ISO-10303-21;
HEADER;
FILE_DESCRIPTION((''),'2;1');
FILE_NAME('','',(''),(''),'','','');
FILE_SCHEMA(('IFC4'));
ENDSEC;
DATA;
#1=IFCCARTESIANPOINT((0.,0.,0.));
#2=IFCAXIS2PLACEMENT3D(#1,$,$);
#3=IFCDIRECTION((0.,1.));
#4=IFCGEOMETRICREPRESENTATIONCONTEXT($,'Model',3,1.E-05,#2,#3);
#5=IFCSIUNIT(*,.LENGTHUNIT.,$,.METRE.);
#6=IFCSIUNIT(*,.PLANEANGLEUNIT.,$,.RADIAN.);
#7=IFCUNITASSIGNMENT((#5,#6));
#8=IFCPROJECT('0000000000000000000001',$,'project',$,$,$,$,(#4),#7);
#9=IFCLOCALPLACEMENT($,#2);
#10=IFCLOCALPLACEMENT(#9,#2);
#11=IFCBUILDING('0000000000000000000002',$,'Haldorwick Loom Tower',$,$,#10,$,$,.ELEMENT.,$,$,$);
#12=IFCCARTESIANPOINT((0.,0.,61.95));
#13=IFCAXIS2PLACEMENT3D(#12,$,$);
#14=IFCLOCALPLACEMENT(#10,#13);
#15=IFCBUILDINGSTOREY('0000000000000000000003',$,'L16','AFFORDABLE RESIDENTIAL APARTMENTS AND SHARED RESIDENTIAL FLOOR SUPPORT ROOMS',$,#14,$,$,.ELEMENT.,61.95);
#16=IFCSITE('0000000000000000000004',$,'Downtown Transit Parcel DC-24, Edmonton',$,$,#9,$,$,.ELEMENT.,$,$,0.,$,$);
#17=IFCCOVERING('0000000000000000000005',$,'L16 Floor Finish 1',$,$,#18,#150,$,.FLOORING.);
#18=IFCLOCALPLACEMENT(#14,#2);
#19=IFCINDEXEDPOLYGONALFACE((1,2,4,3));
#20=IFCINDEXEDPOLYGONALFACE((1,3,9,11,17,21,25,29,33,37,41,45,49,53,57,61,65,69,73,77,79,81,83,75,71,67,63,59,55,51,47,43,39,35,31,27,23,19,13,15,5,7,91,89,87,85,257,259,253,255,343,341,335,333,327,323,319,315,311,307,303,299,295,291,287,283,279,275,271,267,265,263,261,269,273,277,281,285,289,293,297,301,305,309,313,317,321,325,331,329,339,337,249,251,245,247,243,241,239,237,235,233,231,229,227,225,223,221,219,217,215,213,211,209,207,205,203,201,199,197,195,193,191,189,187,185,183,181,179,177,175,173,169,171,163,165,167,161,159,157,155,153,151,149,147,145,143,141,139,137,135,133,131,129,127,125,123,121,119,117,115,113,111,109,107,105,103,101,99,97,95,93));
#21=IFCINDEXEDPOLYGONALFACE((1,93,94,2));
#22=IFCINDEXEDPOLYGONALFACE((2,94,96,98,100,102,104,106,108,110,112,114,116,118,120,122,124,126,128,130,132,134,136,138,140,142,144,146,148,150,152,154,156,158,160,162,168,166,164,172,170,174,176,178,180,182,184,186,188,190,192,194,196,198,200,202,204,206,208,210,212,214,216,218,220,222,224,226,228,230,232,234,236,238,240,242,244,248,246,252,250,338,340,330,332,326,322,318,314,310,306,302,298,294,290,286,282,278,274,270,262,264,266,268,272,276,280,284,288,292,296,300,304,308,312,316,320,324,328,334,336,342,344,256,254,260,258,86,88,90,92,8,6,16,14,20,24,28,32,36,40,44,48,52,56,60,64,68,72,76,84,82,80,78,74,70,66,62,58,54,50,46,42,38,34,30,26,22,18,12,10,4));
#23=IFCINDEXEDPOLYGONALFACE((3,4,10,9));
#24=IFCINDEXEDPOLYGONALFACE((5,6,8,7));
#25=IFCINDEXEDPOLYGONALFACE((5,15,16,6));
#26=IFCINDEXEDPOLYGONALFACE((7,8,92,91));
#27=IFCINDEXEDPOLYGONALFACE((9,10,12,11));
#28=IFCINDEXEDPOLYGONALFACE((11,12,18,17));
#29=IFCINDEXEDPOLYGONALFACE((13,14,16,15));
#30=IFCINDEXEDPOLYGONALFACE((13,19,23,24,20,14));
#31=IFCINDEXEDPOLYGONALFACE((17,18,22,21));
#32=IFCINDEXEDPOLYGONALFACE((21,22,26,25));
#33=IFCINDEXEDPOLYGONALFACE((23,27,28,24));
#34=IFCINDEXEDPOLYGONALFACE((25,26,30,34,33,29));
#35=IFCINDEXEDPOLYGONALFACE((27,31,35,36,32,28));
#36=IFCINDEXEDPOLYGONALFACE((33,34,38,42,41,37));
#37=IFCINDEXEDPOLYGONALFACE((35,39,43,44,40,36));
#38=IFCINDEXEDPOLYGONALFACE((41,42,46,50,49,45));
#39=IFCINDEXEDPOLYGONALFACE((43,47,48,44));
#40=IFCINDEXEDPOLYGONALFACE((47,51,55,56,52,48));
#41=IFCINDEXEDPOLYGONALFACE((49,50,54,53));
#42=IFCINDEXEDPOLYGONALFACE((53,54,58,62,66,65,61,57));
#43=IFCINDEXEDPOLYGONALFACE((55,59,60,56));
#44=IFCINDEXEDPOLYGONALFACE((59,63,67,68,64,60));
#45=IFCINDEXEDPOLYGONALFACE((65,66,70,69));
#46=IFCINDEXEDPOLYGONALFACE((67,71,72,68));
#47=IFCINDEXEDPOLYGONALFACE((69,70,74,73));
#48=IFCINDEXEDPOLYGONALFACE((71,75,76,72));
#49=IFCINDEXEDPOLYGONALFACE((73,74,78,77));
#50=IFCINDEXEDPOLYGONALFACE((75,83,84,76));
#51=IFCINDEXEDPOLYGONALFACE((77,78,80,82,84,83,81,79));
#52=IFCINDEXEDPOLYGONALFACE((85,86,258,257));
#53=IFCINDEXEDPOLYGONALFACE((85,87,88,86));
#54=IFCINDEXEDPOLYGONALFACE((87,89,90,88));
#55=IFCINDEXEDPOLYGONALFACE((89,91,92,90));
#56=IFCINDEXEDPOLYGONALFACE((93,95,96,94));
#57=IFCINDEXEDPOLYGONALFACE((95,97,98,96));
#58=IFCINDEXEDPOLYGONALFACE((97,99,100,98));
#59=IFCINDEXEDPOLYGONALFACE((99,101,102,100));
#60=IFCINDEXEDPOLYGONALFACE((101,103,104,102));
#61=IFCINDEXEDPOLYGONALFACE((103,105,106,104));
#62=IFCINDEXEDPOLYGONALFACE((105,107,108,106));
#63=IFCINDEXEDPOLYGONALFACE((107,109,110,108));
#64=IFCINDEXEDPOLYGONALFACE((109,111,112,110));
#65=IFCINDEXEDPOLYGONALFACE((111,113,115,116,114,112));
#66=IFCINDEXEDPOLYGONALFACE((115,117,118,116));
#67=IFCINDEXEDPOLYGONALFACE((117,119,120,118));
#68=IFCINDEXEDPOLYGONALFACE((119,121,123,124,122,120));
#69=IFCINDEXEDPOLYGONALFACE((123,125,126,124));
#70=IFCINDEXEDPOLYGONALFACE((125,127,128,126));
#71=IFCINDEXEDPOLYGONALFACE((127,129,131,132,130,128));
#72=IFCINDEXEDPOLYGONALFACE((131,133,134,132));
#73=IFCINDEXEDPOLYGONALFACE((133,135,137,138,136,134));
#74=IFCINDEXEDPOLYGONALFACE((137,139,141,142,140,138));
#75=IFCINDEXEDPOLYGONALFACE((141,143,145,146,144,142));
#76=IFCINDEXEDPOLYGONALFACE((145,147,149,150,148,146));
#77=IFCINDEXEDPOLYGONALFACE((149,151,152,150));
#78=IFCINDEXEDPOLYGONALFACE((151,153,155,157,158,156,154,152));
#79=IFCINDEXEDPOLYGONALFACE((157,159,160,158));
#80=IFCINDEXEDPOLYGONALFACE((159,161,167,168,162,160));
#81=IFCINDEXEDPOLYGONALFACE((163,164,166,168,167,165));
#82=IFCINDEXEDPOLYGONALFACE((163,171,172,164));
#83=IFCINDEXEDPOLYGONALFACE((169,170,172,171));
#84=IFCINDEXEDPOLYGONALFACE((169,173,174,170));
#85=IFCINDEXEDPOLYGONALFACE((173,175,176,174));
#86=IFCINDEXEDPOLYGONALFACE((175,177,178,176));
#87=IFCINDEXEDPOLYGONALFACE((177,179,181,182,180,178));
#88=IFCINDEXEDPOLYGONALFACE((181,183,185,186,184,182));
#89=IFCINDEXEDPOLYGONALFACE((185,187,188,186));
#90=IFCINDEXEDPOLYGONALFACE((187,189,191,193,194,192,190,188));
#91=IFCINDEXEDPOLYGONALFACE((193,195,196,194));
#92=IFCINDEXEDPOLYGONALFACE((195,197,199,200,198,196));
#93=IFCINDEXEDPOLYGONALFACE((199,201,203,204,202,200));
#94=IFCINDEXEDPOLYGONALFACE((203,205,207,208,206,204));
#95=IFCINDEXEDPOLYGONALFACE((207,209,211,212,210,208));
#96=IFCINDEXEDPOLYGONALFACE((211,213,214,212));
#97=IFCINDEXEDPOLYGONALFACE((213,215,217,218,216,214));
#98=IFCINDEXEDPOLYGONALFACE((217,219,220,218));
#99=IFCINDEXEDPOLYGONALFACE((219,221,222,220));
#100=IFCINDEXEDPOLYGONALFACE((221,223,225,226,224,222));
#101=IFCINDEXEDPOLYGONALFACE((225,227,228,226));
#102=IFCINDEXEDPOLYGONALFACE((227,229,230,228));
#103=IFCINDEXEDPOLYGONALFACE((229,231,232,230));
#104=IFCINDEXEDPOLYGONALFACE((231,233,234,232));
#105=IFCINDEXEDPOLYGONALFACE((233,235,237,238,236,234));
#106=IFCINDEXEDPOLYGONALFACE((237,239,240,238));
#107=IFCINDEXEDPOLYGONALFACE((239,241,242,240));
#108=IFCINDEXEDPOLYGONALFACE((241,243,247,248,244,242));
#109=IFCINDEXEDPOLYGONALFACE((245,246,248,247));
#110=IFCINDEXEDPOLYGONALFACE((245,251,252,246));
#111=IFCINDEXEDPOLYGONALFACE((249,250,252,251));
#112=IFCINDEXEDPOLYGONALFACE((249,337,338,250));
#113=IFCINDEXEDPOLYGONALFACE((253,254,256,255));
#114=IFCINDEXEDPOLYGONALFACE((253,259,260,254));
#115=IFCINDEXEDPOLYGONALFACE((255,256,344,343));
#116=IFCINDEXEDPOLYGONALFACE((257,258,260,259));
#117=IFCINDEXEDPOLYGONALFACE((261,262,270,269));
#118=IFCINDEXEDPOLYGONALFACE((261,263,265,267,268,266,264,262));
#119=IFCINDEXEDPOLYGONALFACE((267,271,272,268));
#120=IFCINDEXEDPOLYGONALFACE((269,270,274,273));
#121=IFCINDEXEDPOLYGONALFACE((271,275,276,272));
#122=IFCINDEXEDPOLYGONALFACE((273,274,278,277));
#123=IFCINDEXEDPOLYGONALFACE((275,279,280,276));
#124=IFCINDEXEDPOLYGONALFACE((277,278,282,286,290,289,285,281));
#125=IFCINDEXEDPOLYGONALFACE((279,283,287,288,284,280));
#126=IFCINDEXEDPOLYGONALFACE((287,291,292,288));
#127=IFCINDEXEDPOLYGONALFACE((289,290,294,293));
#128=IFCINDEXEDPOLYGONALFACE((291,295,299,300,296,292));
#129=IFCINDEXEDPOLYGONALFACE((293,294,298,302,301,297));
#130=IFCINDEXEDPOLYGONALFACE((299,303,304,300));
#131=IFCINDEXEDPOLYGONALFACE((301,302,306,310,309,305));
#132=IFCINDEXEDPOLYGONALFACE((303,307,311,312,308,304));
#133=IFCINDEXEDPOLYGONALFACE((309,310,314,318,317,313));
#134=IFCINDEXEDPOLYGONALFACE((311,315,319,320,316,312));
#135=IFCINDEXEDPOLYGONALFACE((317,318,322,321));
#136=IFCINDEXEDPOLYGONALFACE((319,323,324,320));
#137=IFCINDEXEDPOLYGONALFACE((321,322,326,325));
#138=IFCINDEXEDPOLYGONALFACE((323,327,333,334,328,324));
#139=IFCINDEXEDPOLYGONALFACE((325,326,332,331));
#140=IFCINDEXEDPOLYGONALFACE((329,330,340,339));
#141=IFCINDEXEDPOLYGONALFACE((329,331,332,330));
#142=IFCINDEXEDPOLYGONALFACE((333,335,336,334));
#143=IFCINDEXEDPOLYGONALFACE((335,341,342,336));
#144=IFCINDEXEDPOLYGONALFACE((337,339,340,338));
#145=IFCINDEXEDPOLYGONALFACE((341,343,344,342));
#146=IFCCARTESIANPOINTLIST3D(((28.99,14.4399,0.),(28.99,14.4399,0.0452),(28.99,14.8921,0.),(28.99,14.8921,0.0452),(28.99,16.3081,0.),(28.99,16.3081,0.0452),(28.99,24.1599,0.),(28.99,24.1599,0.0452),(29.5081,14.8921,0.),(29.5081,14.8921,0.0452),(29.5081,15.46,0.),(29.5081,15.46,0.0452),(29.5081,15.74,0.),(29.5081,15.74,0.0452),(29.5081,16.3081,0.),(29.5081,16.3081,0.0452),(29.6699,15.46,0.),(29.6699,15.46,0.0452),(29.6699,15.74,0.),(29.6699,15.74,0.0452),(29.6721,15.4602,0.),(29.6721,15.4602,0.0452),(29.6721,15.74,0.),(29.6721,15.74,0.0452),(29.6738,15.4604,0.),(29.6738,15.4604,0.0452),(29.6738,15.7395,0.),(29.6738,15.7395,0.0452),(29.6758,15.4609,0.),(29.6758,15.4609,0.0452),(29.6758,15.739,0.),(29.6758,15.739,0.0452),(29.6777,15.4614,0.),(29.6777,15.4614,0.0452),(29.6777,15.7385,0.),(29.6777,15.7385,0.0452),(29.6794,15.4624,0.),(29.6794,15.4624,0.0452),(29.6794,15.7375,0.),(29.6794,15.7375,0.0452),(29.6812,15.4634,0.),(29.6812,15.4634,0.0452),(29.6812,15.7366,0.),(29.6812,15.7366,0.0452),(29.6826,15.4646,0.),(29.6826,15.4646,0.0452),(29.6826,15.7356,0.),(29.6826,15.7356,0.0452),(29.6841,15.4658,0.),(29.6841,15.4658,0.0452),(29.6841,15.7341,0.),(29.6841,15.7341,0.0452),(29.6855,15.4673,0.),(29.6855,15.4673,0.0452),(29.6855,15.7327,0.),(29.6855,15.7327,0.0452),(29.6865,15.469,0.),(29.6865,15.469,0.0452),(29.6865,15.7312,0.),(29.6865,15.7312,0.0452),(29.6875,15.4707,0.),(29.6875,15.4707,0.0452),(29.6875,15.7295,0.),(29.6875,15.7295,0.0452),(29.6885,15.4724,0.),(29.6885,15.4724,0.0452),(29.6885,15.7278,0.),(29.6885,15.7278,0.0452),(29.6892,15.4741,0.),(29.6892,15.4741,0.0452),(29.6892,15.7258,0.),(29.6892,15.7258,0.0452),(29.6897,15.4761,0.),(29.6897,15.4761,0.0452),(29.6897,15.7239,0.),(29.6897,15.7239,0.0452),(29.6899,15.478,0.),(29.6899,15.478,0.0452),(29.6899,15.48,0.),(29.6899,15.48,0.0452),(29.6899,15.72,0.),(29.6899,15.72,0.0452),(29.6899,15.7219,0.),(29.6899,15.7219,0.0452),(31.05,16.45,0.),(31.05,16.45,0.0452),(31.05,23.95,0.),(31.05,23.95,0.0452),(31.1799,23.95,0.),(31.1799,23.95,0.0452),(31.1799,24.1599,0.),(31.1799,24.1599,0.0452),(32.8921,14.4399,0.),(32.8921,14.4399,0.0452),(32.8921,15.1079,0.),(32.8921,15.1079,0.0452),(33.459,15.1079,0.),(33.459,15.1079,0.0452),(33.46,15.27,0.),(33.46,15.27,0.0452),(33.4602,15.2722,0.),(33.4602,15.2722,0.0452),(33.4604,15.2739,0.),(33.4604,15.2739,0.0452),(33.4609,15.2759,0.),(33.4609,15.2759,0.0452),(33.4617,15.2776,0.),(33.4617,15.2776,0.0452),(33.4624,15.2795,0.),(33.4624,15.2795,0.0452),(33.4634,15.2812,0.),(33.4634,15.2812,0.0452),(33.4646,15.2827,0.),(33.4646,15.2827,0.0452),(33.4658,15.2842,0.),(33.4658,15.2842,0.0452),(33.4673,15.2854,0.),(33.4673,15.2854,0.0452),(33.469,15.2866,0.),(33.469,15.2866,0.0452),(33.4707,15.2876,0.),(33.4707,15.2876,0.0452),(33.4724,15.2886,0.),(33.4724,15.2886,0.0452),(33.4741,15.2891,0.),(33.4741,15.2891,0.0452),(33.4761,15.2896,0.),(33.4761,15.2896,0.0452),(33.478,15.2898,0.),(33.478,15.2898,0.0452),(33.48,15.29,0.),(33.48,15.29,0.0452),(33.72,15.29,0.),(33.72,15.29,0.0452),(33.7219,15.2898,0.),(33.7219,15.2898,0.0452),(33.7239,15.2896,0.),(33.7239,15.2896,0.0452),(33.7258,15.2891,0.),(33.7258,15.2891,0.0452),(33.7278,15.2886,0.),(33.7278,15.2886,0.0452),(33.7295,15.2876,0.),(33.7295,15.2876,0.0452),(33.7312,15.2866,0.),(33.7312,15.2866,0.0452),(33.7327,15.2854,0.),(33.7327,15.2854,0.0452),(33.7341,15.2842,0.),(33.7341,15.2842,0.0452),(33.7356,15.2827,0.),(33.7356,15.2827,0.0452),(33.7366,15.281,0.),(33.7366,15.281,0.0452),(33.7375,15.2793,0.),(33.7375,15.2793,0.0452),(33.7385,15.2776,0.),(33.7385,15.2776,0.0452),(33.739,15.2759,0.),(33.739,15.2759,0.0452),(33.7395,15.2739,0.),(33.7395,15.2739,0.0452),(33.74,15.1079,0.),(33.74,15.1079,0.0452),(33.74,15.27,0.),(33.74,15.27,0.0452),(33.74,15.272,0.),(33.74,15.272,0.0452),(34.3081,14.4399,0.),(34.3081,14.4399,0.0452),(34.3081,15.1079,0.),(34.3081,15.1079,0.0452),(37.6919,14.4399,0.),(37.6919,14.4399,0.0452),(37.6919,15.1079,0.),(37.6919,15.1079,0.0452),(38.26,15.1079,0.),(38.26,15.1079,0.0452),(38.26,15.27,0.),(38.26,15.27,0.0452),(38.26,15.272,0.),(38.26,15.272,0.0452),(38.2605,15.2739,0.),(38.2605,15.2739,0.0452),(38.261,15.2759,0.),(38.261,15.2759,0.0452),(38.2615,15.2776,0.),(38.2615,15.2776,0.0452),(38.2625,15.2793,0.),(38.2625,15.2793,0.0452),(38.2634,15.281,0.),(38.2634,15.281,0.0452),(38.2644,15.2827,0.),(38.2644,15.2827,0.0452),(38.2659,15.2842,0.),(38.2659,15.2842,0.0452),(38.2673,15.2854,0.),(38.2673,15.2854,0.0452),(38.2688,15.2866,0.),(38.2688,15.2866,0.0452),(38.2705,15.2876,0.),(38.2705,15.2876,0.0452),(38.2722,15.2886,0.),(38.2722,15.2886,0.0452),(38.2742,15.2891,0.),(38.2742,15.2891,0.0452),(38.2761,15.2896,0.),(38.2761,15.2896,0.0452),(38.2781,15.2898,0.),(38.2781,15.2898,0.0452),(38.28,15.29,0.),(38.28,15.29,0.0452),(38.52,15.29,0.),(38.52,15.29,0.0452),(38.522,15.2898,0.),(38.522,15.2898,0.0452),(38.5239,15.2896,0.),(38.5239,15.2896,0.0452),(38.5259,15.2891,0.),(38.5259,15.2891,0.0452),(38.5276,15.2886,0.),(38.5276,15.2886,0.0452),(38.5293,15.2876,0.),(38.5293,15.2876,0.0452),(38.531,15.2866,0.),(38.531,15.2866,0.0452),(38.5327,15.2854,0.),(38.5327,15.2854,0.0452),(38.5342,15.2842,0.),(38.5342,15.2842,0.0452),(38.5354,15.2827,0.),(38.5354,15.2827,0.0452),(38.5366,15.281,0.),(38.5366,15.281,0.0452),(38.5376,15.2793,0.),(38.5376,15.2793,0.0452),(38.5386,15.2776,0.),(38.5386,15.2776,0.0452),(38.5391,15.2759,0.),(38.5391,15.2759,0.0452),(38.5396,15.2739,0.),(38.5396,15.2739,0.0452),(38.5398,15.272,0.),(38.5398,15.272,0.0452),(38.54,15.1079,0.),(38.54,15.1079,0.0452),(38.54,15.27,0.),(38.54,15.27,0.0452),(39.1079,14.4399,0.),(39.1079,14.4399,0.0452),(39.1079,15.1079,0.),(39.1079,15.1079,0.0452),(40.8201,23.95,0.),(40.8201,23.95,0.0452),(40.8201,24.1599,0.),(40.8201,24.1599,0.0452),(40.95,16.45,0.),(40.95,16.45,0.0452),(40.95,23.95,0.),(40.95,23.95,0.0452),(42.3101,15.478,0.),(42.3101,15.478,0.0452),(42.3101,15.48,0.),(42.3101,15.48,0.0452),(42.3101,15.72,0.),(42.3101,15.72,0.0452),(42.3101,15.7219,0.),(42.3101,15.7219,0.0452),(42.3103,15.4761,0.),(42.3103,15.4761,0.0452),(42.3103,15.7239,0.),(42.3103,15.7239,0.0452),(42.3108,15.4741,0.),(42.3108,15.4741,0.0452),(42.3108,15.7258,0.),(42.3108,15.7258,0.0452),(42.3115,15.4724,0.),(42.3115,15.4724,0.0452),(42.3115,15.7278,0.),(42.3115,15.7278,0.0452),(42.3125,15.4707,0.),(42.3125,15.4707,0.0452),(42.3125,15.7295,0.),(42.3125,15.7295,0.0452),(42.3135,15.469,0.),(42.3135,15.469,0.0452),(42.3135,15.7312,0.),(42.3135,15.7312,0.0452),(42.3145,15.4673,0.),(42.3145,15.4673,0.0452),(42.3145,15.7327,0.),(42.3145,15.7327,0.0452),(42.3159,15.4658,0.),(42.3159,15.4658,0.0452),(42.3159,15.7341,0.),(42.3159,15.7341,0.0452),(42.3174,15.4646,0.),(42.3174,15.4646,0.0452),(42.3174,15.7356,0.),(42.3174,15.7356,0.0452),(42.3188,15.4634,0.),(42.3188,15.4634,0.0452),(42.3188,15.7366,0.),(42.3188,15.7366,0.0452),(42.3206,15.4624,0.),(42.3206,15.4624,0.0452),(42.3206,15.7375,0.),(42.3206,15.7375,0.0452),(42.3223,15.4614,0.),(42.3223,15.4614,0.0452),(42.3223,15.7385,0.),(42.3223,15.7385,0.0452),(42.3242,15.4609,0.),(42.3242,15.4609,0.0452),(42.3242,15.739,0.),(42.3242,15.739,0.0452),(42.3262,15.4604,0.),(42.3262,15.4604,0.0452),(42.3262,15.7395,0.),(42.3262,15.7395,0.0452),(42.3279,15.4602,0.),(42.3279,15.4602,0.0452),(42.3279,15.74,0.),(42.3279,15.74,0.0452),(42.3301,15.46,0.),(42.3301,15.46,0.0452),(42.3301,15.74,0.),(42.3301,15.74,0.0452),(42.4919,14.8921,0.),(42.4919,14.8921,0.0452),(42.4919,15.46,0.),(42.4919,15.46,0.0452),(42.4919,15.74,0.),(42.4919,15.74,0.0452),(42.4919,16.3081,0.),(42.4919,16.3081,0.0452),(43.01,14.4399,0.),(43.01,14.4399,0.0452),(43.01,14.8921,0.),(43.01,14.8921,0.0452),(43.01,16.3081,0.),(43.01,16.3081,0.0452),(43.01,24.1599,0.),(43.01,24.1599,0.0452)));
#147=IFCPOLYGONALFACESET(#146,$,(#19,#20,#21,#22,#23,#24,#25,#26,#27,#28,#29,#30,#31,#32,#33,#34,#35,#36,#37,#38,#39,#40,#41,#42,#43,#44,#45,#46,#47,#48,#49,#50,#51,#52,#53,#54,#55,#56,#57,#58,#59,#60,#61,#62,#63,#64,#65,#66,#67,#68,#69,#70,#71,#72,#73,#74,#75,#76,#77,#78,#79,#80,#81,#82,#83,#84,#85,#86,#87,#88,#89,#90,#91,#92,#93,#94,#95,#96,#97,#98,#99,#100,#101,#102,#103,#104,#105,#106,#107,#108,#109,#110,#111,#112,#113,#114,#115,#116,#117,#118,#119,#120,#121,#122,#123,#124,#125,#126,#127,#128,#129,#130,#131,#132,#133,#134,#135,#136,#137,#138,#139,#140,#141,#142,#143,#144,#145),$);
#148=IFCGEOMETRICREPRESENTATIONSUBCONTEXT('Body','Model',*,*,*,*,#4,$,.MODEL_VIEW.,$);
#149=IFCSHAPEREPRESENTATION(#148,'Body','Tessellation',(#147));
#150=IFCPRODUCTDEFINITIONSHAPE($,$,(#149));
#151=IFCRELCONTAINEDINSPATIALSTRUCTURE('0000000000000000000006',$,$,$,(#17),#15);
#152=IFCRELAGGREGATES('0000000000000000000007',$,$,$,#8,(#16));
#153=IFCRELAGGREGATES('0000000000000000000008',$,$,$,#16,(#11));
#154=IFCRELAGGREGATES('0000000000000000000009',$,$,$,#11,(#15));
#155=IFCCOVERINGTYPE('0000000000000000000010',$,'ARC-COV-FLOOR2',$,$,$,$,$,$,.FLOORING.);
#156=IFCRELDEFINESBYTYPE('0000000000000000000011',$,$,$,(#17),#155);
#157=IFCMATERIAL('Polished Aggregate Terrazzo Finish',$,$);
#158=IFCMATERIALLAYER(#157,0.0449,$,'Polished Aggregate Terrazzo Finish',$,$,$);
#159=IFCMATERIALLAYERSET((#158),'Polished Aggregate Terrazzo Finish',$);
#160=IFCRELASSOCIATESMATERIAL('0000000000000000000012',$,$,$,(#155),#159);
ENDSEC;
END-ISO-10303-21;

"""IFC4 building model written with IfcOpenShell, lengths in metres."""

from ifc_helpers import new_model, si_unit, direction, frame, origin, place, context, subcontext, project, spatial, polyline, outline, extrude, material, layer, layer_set, type_object, element, save


model = new_model("IFC4")

# Units and contexts
model_context = context("Model", 3, precision=1e-05, world=origin(), true_north=direction((0.0, 1.0)))
body_context = subcontext(model_context, "Body", "Model", "MODEL_VIEW")
ifc_project = project(units=[si_unit("LENGTHUNIT", "METRE"), si_unit("PLANEANGLEUNIT", "RADIAN")], contexts=[model_context])

# Site, building, storey
site_placement = place(None, origin())
site = spatial("IfcSite", under=ifc_project, at=site_placement, Name="Downtown Transit Parcel DC-24, Edmonton", CompositionType="ELEMENT", RefElevation=0.0)
building_placement = place(site_placement, origin())
building = spatial("IfcBuilding", under=site, at=building_placement, Name="Haldorwick Loom Tower", CompositionType="ELEMENT")
storey_placement = place(building_placement, frame((0.0, 0.0, 61.95)))
storey = spatial("IfcBuildingStorey", under=building, at=storey_placement, Name="L16", Description="AFFORDABLE RESIDENTIAL APARTMENTS AND SHARED RESIDENTIAL FLOOR SUPPORT ROOMS", CompositionType="ELEMENT", Elevation=61.95)

# Covering
ifc_material_1 = material(Name="Polished Aggregate Terrazzo Finish")
ifc_layer_1 = layer(ifc_material_1, 0.0449, Name="Polished Aggregate Terrazzo Finish")
ifc_layer_set_1 = layer_set([ifc_layer_1], Name="Polished Aggregate Terrazzo Finish")
covering_type_1 = type_object("IfcCoveringType", Name="ARC-COV-FLOOR2", PredefinedType="FLOORING", material=ifc_layer_set_1)
covering_1_placement = place(storey_placement, origin())
element("IfcCovering", 1, at=covering_1_placement, inside=storey, type_object=covering_type_1, Name="L16 Floor Finish 1", PredefinedType="FLOORING", context=body_context, shape_type="SweptSolid", body=[
    extrude(outline(polyline([(33.74, 15.1079), (34.3081, 15.1079), (34.3081, 14.4399), (37.6919, 14.4399), (37.6919, 15.1079), (38.26, 15.1079), (38.26, 15.27), (38.26, 15.272), (38.2605, 15.2739), (38.261, 15.2759), (38.2615, 15.2776), (38.2625, 15.2793), (38.2634, 15.281), (38.2644, 15.2827), (38.2659, 15.2842), (38.2673, 15.2854), (38.2688, 15.2866), (38.2705, 15.2876), (38.2722, 15.2886), (38.2742, 15.2891), (38.2761, 15.2896), (38.2781, 15.2898), (38.28, 15.29), (38.52, 15.29), (38.522, 15.2898), (38.5239, 15.2896), (38.5259, 15.2891), (38.5276, 15.2886), (38.5293, 15.2876), (38.531, 15.2866), (38.5327, 15.2854), (38.5342, 15.2842), (38.5354, 15.2827), (38.5366, 15.281), (38.5376, 15.2793), (38.5386, 15.2776), (38.5391, 15.2759), (38.5396, 15.2739), (38.5398, 15.272), (38.54, 15.27), (38.54, 15.1079), (39.1079, 15.1079), (39.1079, 14.4399), (43.01, 14.4399), (43.01, 14.8921), (42.4919, 14.8921), (42.4919, 15.46), (42.3301, 15.46), (42.3279, 15.4602), (42.3262, 15.4604), (42.3242, 15.4609), (42.3223, 15.4614), (42.3206, 15.4624), (42.3188, 15.4634), (42.3174, 15.4646), (42.3159, 15.4658), (42.3145, 15.4673), (42.3135, 15.469), (42.3125, 15.4707), (42.3115, 15.4724), (42.3108, 15.4741), (42.3103, 15.4761), (42.3101, 15.478), (42.3101, 15.48), (42.3101, 15.72), (42.3101, 15.7219), (42.3103, 15.7239), (42.3108, 15.7258), (42.3115, 15.7278), (42.3125, 15.7295), (42.3135, 15.7312), (42.3145, 15.7327), (42.3159, 15.7341), (42.3174, 15.7356), (42.3188, 15.7366), (42.3206, 15.7375), (42.3223, 15.7385), (42.3242, 15.739), (42.3262, 15.7395), (42.3279, 15.74), (42.3301, 15.74), (42.4919, 15.74), (42.4919, 16.3081), (43.01, 16.3081), (43.01, 24.1599), (40.8201, 24.1599), (40.8201, 23.95), (40.95, 23.95), (40.95, 16.45), (31.05, 16.45), (31.05, 23.95), (31.1799, 23.95), (31.1799, 24.1599), (28.99, 24.1599), (28.99, 16.3081), (29.5081, 16.3081), (29.5081, 15.74), (29.6699, 15.74), (29.6721, 15.74), (29.6738, 15.7395), (29.6758, 15.739), (29.6777, 15.7385), (29.6794, 15.7375), (29.6812, 15.7366), (29.6826, 15.7356), (29.6841, 15.7341), (29.6855, 15.7327), (29.6865, 15.7312), (29.6875, 15.7295), (29.6885, 15.7278), (29.6892, 15.7258), (29.6897, 15.7239), (29.6899, 15.7219), (29.6899, 15.72), (29.6899, 15.48), (29.6899, 15.478), (29.6897, 15.4761), (29.6892, 15.4741), (29.6885, 15.4724), (29.6875, 15.4707), (29.6865, 15.469), (29.6855, 15.4673), (29.6841, 15.4658), (29.6826, 15.4646), (29.6812, 15.4634), (29.6794, 15.4624), (29.6777, 15.4614), (29.6758, 15.4609), (29.6738, 15.4604), (29.6721, 15.4602), (29.6699, 15.46), (29.5081, 15.46), (29.5081, 14.8921), (28.99, 14.8921), (28.99, 14.4399), (32.8921, 14.4399), (32.8921, 15.1079), (33.459, 15.1079), (33.46, 15.27), (33.4602, 15.2722), (33.4604, 15.2739), (33.4609, 15.2759), (33.4617, 15.2776), (33.4624, 15.2795), (33.4634, 15.2812), (33.4646, 15.2827), (33.4658, 15.2842), (33.4673, 15.2854), (33.469, 15.2866), (33.4707, 15.2876), (33.4724, 15.2886), (33.4741, 15.2891), (33.4761, 15.2896), (33.478, 15.2898), (33.48, 15.29), (33.72, 15.29), (33.7219, 15.2898), (33.7239, 15.2896), (33.7258, 15.2891), (33.7278, 15.2886), (33.7295, 15.2876), (33.7312, 15.2866), (33.7327, 15.2854), (33.7341, 15.2842), (33.7356, 15.2827), (33.7366, 15.281), (33.7375, 15.2793), (33.7385, 15.2776), (33.739, 15.2759), (33.7395, 15.2739), (33.74, 15.272), (33.74, 15.27), (33.74, 15.1079)])), origin(), (0.0, 0.0, 1.0), 0.0452),
])

save(model, "model.ifc")
